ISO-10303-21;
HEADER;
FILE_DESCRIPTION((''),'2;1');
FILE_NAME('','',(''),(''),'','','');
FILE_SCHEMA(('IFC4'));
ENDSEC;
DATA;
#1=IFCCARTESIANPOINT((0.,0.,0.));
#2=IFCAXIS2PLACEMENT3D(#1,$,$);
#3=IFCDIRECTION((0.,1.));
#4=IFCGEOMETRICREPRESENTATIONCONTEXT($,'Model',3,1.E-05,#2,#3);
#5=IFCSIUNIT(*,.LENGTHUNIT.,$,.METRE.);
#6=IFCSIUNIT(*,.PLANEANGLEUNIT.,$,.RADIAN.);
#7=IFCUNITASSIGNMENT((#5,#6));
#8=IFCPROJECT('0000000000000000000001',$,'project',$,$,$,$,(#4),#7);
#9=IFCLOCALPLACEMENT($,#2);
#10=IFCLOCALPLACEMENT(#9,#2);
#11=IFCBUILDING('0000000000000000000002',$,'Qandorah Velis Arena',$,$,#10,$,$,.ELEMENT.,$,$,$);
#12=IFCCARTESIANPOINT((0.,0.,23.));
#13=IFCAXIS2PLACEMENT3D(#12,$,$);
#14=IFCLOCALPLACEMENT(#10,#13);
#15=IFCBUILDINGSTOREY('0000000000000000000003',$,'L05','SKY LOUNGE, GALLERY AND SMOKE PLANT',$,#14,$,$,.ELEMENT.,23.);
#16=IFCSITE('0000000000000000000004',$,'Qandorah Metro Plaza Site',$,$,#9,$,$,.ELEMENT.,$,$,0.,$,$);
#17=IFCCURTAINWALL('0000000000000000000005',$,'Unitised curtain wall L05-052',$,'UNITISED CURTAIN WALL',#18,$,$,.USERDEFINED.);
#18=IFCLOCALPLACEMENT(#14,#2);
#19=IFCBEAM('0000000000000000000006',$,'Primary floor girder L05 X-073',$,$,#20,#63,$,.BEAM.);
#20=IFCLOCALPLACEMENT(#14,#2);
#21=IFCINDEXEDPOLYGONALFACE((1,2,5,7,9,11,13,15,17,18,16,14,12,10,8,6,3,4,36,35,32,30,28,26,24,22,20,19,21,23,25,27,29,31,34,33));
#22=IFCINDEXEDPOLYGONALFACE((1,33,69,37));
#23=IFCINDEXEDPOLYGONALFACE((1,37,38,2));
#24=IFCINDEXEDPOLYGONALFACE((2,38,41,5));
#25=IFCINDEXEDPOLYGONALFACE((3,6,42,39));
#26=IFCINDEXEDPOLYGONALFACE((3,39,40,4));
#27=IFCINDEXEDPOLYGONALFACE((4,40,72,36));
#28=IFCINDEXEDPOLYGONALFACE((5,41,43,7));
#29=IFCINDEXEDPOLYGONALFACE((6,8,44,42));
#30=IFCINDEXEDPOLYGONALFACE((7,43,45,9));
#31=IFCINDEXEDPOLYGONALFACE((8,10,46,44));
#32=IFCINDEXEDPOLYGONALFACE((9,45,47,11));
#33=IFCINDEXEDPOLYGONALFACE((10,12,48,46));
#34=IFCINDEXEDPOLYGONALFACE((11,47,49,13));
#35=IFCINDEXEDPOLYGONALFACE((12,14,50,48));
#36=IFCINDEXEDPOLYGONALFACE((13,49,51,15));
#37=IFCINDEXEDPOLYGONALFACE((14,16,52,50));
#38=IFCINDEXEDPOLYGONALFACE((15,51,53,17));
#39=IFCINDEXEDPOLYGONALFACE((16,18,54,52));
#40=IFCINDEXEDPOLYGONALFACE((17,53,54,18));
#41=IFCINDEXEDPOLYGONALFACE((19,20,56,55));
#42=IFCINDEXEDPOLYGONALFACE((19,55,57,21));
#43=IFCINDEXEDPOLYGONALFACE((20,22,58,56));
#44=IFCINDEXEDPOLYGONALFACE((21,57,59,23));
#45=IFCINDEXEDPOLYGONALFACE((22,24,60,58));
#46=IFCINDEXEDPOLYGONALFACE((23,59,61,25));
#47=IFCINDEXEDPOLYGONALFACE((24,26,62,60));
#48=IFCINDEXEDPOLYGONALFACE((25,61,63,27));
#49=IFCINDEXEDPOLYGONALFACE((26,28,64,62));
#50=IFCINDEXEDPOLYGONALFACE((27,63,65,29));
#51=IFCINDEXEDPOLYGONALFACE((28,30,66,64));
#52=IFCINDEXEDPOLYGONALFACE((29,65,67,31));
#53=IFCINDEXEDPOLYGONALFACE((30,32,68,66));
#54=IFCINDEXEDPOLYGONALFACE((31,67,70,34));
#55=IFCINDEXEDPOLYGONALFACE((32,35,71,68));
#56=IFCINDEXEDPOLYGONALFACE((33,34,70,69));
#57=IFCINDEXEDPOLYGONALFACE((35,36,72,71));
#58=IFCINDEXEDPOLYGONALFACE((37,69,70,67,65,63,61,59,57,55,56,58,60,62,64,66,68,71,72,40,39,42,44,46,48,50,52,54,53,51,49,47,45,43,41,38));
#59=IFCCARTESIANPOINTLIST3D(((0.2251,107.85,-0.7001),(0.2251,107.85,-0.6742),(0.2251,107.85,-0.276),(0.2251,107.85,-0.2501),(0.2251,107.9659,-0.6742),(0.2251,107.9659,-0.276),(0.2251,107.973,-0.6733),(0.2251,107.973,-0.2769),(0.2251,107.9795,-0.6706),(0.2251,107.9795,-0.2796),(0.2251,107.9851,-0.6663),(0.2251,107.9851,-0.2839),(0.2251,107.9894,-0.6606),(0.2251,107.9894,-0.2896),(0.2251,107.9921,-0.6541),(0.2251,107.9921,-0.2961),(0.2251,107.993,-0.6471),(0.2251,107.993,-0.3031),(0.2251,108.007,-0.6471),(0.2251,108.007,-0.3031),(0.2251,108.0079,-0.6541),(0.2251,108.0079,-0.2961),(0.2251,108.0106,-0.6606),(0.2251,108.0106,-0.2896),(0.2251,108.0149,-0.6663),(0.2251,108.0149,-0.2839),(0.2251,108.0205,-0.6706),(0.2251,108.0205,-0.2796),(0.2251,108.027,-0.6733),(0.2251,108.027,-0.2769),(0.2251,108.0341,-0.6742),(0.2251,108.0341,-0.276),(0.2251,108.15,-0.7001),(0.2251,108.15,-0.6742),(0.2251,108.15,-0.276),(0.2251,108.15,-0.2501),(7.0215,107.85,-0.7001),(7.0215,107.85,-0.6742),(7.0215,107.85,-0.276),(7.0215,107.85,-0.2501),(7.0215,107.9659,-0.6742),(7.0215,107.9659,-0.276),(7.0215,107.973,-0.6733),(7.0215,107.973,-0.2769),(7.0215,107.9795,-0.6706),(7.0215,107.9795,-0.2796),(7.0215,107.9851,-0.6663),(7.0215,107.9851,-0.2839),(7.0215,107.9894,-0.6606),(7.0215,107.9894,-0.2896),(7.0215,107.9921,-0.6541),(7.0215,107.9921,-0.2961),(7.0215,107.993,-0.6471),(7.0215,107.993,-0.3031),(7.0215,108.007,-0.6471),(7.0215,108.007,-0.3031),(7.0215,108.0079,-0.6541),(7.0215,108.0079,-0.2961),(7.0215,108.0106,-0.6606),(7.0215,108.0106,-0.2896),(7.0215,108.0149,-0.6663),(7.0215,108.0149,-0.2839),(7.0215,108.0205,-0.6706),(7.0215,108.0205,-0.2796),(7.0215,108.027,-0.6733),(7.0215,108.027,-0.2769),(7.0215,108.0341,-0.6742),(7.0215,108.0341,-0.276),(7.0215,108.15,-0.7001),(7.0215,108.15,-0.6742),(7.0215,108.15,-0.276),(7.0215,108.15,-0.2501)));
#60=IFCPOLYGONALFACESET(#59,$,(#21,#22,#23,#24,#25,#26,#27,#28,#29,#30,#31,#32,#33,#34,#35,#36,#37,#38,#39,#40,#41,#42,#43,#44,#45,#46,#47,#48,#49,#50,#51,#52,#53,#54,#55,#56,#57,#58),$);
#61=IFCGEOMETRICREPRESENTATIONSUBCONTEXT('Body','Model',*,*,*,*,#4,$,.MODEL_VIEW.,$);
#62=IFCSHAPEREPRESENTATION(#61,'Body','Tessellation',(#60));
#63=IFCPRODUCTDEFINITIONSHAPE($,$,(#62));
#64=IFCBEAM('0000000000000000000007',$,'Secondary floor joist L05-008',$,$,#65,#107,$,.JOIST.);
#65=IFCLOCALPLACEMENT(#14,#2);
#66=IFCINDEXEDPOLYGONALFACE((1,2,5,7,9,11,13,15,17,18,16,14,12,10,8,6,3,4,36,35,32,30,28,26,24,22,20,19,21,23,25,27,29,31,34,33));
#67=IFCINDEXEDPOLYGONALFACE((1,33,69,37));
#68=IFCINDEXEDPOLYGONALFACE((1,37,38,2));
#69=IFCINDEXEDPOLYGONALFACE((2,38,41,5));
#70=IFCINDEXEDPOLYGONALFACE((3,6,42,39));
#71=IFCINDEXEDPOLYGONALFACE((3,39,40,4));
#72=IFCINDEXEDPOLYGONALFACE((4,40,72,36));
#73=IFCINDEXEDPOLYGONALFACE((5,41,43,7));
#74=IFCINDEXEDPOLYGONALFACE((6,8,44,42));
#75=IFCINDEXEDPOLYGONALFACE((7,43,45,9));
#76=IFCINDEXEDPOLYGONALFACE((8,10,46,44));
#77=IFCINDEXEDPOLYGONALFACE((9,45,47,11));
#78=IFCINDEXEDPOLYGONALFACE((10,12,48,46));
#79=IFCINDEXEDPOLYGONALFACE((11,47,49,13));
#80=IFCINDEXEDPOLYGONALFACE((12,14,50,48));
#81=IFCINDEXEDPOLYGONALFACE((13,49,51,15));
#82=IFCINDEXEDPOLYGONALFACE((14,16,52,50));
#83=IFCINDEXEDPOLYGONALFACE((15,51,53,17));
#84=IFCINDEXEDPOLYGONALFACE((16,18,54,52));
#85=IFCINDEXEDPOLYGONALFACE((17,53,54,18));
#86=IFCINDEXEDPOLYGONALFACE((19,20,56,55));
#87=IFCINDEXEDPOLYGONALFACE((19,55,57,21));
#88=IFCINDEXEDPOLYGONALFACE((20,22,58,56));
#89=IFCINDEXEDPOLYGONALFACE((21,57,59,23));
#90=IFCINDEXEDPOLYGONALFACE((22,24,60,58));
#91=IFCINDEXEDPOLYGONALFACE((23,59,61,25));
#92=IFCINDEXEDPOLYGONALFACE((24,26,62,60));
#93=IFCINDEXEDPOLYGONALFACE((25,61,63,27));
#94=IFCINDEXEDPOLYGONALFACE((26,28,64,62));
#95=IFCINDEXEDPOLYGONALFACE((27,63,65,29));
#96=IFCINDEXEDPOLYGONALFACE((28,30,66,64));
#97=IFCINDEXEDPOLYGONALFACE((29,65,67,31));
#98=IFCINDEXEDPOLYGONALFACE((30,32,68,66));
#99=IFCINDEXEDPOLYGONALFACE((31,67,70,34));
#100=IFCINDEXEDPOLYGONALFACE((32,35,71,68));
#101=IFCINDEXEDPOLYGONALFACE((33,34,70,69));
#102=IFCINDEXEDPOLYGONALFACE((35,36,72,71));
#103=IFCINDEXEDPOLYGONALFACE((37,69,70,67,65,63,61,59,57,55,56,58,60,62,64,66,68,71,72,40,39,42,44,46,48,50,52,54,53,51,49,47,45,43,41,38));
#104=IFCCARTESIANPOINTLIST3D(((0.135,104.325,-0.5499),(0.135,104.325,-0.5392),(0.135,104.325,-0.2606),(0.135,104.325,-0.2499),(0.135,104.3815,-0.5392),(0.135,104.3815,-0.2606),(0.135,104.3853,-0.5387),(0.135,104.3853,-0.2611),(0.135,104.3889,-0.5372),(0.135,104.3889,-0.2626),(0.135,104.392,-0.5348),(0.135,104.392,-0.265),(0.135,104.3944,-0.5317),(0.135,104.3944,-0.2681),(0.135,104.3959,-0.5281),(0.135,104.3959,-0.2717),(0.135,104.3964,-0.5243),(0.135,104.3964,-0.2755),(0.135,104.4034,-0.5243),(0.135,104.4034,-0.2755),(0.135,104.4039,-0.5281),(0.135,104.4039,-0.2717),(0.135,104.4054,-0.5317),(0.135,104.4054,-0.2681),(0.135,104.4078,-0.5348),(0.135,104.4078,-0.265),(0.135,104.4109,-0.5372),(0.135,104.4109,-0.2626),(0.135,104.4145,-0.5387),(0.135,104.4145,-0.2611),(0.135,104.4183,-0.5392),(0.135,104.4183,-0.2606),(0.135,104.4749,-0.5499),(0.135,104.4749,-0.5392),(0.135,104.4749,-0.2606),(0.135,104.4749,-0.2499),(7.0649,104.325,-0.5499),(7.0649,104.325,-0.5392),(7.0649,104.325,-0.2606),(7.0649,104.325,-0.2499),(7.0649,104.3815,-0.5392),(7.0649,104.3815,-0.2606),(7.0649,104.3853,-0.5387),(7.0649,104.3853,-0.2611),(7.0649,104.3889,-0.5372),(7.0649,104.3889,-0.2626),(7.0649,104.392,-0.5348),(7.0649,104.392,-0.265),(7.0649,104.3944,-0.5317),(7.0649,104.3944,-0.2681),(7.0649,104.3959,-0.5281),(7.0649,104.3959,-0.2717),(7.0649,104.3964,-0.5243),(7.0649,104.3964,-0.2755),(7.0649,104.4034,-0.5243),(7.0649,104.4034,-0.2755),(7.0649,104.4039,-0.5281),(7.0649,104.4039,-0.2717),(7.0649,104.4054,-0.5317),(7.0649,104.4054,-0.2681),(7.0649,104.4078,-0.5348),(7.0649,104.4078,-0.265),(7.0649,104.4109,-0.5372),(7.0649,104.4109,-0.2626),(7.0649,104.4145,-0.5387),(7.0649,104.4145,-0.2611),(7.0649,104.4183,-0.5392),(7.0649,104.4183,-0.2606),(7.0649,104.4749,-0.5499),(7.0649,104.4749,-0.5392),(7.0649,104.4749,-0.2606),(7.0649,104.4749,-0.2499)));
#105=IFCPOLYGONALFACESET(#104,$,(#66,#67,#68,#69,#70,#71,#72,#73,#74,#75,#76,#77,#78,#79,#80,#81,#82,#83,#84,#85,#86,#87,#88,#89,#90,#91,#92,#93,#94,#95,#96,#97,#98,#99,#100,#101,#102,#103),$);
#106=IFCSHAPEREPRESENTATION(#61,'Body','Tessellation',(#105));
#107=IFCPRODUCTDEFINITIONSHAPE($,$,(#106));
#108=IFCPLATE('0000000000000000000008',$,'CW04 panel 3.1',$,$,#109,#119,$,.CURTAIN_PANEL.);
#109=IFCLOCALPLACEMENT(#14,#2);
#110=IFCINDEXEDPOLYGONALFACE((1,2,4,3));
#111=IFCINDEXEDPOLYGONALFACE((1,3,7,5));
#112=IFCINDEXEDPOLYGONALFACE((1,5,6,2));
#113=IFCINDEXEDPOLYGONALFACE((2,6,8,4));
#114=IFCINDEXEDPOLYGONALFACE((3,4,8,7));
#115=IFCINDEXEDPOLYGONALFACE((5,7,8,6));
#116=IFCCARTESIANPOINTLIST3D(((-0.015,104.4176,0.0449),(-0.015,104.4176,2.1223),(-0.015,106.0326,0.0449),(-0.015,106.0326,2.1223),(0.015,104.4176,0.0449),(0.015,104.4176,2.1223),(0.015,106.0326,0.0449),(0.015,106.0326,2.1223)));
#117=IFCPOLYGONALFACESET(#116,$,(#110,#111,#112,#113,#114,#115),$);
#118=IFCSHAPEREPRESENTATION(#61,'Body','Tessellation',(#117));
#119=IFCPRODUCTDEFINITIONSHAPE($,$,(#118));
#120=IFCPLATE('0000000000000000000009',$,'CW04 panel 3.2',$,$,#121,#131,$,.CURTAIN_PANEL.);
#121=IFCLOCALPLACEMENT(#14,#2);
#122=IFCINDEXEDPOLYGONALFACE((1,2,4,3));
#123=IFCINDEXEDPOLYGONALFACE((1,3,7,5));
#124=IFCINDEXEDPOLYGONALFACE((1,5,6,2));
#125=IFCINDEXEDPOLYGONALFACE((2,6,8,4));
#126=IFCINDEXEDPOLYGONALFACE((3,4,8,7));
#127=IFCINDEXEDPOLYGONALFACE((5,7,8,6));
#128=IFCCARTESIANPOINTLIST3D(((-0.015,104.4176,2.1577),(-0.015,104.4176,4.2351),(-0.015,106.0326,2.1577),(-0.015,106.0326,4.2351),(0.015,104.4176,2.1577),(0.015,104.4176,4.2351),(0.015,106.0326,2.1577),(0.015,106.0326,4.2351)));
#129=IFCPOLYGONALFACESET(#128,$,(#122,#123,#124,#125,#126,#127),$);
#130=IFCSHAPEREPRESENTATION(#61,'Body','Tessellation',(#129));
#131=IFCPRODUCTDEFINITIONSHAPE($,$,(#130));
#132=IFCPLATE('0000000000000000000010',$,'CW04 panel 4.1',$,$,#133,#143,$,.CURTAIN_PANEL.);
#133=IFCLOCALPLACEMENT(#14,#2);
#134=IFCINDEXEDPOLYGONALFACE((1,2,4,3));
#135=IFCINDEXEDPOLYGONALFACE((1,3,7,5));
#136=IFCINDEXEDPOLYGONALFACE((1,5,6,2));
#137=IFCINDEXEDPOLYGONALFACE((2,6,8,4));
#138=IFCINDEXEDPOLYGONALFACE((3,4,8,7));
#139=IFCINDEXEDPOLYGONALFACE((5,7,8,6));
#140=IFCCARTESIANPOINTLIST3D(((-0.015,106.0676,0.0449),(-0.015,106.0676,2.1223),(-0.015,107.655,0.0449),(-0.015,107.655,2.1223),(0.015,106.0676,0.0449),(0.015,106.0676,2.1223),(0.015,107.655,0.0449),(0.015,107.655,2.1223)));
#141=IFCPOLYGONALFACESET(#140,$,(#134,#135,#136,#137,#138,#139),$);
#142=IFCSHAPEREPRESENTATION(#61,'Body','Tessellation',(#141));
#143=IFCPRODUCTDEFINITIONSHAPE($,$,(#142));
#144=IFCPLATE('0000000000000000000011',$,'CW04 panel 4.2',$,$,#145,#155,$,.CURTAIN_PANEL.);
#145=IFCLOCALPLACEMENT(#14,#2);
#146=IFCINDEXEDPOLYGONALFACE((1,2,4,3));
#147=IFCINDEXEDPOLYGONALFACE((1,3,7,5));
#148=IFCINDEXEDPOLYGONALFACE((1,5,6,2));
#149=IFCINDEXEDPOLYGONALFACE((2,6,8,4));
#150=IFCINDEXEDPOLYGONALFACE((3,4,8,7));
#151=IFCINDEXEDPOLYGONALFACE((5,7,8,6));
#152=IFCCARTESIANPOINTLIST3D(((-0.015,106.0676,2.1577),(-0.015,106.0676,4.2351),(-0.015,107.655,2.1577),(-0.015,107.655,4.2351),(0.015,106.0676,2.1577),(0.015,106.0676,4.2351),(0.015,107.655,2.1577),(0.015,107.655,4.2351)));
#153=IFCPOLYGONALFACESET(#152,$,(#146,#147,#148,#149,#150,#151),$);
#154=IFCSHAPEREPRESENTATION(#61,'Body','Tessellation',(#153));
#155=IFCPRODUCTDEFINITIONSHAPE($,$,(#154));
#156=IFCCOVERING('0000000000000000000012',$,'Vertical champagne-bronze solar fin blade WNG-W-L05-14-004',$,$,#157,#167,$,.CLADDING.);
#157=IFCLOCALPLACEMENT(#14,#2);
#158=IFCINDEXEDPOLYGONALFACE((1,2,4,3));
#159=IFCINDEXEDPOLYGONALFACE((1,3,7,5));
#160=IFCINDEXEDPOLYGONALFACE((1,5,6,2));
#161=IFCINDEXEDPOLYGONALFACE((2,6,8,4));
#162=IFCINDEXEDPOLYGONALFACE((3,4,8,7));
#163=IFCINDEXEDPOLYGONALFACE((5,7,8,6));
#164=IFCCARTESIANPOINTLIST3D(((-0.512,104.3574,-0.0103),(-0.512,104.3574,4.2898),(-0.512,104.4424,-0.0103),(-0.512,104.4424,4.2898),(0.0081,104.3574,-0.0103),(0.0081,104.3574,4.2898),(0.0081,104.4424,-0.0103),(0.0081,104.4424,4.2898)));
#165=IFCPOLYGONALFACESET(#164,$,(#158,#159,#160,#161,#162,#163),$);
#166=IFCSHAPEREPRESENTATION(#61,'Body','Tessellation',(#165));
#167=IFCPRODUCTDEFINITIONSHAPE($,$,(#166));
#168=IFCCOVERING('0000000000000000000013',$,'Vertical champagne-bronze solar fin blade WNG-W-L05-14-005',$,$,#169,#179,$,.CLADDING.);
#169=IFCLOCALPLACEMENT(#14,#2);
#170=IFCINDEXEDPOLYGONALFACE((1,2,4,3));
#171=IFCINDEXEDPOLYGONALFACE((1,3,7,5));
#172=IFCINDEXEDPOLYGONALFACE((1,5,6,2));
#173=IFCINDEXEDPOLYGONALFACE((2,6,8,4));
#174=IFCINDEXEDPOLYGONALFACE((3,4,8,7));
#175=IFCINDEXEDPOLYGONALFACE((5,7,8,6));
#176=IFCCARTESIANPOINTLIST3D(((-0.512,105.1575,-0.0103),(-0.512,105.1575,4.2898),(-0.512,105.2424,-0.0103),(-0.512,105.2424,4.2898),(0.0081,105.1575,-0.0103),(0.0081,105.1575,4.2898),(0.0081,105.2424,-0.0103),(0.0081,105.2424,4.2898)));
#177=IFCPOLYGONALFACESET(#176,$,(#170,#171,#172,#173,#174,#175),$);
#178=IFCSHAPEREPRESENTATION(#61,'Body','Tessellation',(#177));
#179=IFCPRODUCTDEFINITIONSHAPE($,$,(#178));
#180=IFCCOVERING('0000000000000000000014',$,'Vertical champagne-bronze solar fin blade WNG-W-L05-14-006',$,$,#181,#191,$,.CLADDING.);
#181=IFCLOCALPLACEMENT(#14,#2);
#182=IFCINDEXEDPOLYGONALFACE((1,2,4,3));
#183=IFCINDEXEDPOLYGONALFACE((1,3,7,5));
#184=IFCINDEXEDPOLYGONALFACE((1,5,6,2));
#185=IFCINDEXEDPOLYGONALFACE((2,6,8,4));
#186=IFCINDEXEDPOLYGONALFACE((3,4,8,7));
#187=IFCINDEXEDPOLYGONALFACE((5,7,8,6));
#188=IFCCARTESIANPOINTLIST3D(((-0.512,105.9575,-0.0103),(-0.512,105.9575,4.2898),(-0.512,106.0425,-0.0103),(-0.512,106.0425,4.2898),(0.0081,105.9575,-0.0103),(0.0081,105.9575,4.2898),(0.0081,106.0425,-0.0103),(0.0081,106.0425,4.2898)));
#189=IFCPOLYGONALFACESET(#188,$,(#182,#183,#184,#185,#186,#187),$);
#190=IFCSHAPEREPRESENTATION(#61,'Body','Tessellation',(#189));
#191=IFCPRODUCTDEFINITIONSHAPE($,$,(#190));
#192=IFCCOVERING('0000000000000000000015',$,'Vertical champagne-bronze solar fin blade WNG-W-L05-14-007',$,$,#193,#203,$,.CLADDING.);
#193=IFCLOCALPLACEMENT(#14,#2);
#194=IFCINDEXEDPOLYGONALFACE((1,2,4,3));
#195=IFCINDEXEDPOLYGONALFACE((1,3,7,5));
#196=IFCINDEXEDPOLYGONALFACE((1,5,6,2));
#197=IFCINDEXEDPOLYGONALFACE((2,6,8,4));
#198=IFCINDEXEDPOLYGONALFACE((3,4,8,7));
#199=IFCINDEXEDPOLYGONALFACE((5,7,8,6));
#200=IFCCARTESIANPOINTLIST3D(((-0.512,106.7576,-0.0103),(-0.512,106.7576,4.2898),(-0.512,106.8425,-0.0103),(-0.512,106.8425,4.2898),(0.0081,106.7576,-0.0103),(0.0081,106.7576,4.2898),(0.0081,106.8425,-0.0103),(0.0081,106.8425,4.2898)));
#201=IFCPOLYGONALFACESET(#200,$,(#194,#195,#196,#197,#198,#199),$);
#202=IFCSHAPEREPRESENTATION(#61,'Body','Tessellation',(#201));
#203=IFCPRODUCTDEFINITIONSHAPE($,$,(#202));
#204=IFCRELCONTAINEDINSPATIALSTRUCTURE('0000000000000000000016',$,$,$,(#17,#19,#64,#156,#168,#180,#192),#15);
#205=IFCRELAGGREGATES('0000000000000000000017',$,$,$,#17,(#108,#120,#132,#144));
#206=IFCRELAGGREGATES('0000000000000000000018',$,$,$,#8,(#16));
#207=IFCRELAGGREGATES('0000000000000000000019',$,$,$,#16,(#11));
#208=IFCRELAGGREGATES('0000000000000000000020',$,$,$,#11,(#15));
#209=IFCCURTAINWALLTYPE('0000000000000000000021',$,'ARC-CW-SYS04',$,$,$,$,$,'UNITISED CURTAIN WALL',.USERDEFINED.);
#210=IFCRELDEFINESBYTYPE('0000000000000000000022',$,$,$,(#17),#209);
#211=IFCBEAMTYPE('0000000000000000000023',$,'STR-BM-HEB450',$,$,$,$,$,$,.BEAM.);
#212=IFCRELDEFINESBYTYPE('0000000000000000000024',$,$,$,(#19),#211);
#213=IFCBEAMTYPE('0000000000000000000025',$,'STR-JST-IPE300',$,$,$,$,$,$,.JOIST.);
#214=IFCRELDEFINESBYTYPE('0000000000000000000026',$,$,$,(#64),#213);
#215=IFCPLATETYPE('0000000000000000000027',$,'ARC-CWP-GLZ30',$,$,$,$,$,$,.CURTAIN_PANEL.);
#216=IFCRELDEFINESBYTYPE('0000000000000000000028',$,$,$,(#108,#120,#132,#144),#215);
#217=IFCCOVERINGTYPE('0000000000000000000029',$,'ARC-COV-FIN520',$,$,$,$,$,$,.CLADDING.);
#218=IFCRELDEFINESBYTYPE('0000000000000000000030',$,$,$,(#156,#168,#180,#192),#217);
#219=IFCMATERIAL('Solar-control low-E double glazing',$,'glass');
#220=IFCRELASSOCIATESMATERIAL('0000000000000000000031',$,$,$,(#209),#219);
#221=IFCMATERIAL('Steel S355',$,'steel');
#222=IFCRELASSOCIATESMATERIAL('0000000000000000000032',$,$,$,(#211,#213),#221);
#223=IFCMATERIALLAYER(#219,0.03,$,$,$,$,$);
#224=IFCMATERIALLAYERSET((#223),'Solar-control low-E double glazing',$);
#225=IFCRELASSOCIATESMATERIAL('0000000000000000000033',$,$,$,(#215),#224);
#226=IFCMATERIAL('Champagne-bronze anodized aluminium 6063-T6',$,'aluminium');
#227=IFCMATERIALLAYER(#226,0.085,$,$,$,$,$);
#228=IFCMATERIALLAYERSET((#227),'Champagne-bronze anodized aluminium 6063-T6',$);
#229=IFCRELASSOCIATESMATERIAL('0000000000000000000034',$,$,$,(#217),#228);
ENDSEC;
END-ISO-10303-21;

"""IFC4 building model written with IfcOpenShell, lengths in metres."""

from ifc_helpers import new_model, si_unit, direction, frame, origin, origin_2d, place, context, subcontext, project, spatial, rectangle, i_section, extrude, material, layer, layer_set, material_profile, profile_set, type_object, element, aggregate, save


model = new_model("IFC4")

# Units and contexts
model_context = context("Model", 3, precision=1e-05, world=origin(), true_north=direction((0.0, 1.0)))
body_context = subcontext(model_context, "Body", "Model", "MODEL_VIEW")
ifc_project = project(units=[si_unit("LENGTHUNIT", "METRE"), si_unit("PLANEANGLEUNIT", "RADIAN")], contexts=[model_context])

# Site, building, storey
site_placement = place(None, origin())
site = spatial("IfcSite", under=ifc_project, at=site_placement, Name="Qandorah Metro Plaza Site", CompositionType="ELEMENT", RefElevation=0.0)
building_placement = place(site_placement, origin())
building = spatial("IfcBuilding", under=site, at=building_placement, Name="Qandorah Velis Arena", CompositionType="ELEMENT")
storey_placement = place(building_placement, frame((0.0, 0.0, 23.0)))
storey = spatial("IfcBuildingStorey", under=building, at=storey_placement, Name="L05", Description="SKY LOUNGE, GALLERY AND SMOKE PLANT", CompositionType="ELEMENT", Elevation=23.0)

# Curtain wall
ifc_material_1 = material(Name="Solar-control low-E double glazing", Category="glass")
curtain_wall_type = type_object("IfcCurtainWallType", Name="ARC-CW-SYS04", ElementType="UNITISED CURTAIN WALL", PredefinedType="USERDEFINED", material=ifc_material_1)
curtain_wall_placement = place(storey_placement, origin())
curtain_wall = element("IfcCurtainWall", 1, at=curtain_wall_placement, inside=storey, type_object=curtain_wall_type, Name="Unitised curtain wall L05-052", ObjectType="UNITISED CURTAIN WALL", PredefinedType="USERDEFINED")
ifc_material_2 = material(Name="Champagne-bronze anodized aluminium 6063-T6", Category="aluminium")

# Beams
ifc_material_3 = material(Name="Steel S355", Category="steel")
ifc_material_profile_1 = material_profile(ifc_material_3, i_section(OverallWidth=0.3, OverallDepth=0.45, WebThickness=0.0139, FlangeThickness=0.0259, FilletRadius=0.0271, at=origin_2d()), Name="HEB 450")
ifc_profile_set_1 = profile_set([ifc_material_profile_1], Name="Steel S355")
beam_type_1 = type_object("IfcBeamType", Name="STR-BM-HEB450", PredefinedType="BEAM", material=ifc_profile_set_1)
beam_1_placement = place(storey_placement, frame((0.2251, 108.0, -0.4751), z_axis=(1.0, 0.0, 0.0), x_axis=(0.0, 1.0, 0.0)))
element("IfcBeam", 2, at=beam_1_placement, inside=storey, type_object=beam_type_1, Name="Primary floor girder L05 X-073", PredefinedType="BEAM", context=body_context, shape_type="SweptSolid", body=[
    extrude(i_section(OverallWidth=0.3, OverallDepth=0.45, WebThickness=0.0139, FlangeThickness=0.0259, FilletRadius=0.0271, at=origin_2d()), origin(), (0.0, 0.0, 1.0), 6.7964),
])
ifc_material_profile_2 = material_profile(ifc_material_3, i_section(OverallWidth=0.1499, OverallDepth=0.3, WebThickness=0.0071, FlangeThickness=0.0107, FilletRadius=0.0149, at=origin_2d()), Name="IPE 300")
ifc_profile_set_2 = profile_set([ifc_material_profile_2], Name="Steel S355")
beam_type_2 = type_object("IfcBeamType", Name="STR-JST-IPE300", PredefinedType="JOIST", material=ifc_profile_set_2)
beam_2_placement = place(storey_placement, frame((0.135, 104.3999, -0.3999), z_axis=(1.0, 0.0, 0.0), x_axis=(0.0, 1.0, 0.0)))
element("IfcBeam", 3, at=beam_2_placement, inside=storey, type_object=beam_type_2, Name="Secondary floor joist L05-008", PredefinedType="JOIST", context=body_context, shape_type="SweptSolid", body=[
    extrude(i_section(OverallWidth=0.1499, OverallDepth=0.3, WebThickness=0.0071, FlangeThickness=0.0107, FilletRadius=0.0149, at=origin_2d()), origin(), (0.0, 0.0, 1.0), 6.9299),
])

# Plates
ifc_layer_1 = layer(ifc_material_1, 0.03)
ifc_layer_set_1 = layer_set([ifc_layer_1], Name="Solar-control low-E double glazing")
plate_type = type_object("IfcPlateType", Name="ARC-CWP-GLZ30", PredefinedType="CURTAIN_PANEL", material=ifc_layer_set_1)
plate_1_placement = place(storey_placement, frame((0.0, 105.2251, 0.0449), z_axis=(0.0, 0.0, 1.0), x_axis=(0.0, 1.0, 0.0)))
plate_1 = element("IfcPlate", 4, at=plate_1_placement, type_object=plate_type, Name="CW04 panel 3.1", PredefinedType="CURTAIN_PANEL", context=body_context, shape_type="SweptSolid", body=[
    extrude(rectangle(XDim=1.615, YDim=0.03, at=origin_2d()), origin(), (0.0, 0.0, 1.0), 2.0774),
])
plate_2_placement = place(storey_placement, frame((0.0, 105.2251, 2.1577), z_axis=(0.0, 0.0, 1.0), x_axis=(0.0, 1.0, 0.0)))
plate_2 = element("IfcPlate", 5, at=plate_2_placement, type_object=plate_type, Name="CW04 panel 3.2", PredefinedType="CURTAIN_PANEL", context=body_context, shape_type="SweptSolid", body=[
    extrude(rectangle(XDim=1.615, YDim=0.03, at=origin_2d()), origin(), (0.0, 0.0, 1.0), 2.0774),
])
plate_3_placement = place(storey_placement, frame((0.0, 106.8613, 0.0449), z_axis=(0.0, 0.0, 1.0), x_axis=(0.0, 1.0, 0.0)))
plate_3 = element("IfcPlate", 6, at=plate_3_placement, type_object=plate_type, Name="CW04 panel 4.1", PredefinedType="CURTAIN_PANEL", context=body_context, shape_type="SweptSolid", body=[
    extrude(rectangle(XDim=1.5874, YDim=0.03, at=origin_2d()), origin(), (0.0, 0.0, 1.0), 2.0774),
])
plate_4_placement = place(storey_placement, frame((0.0, 106.8613, 2.1577), z_axis=(0.0, 0.0, 1.0), x_axis=(0.0, 1.0, 0.0)))
plate_4 = element("IfcPlate", 7, at=plate_4_placement, type_object=plate_type, Name="CW04 panel 4.2", PredefinedType="CURTAIN_PANEL", context=body_context, shape_type="SweptSolid", body=[
    extrude(rectangle(XDim=1.5874, YDim=0.03, at=origin_2d()), origin(), (0.0, 0.0, 1.0), 2.0774),
])
aggregate(curtain_wall, [plate_1, plate_2, plate_3, plate_4])

# Coverings
ifc_layer_2 = layer(ifc_material_2, 0.085)
ifc_layer_set_2 = layer_set([ifc_layer_2], Name="Champagne-bronze anodized aluminium 6063-T6")
covering_type = type_object("IfcCoveringType", Name="ARC-COV-FIN520", PredefinedType="CLADDING", material=ifc_layer_set_2)
for number, where, z_axis, x_axis, name in (
    (8, (-0.252, 104.3999, -0.0103), (0.0, 0.0, 1.0), (1.0, 0.0, 0.0), "Vertical champagne-bronze solar fin blade WNG-W-L05-14-004"),
    (9, (-0.252, 105.2, -0.0103), (0.0, 0.0, 1.0), (1.0, 0.0, 0.0), "Vertical champagne-bronze solar fin blade WNG-W-L05-14-005"),
    (10, (-0.252, 106.0, -0.0103), (0.0, 0.0, 1.0), (1.0, 0.0, 0.0), "Vertical champagne-bronze solar fin blade WNG-W-L05-14-006"),
    (11, (-0.252, 106.8, -0.0103), (0.0, 0.0, 1.0), (1.0, 0.0, 0.0), "Vertical champagne-bronze solar fin blade WNG-W-L05-14-007"),
):
    element("IfcCovering", number, at=place(storey_placement, frame(where, z_axis=z_axis, x_axis=x_axis)), inside=storey, type_object=covering_type, Name=name, PredefinedType="CLADDING", context=body_context, shape_type="SweptSolid", body=[
        extrude(rectangle(XDim=0.52, YDim=0.085, at=origin_2d()), origin(), (0.0, 0.0, 1.0), 4.3),
    ])

save(model, "model.ifc")
